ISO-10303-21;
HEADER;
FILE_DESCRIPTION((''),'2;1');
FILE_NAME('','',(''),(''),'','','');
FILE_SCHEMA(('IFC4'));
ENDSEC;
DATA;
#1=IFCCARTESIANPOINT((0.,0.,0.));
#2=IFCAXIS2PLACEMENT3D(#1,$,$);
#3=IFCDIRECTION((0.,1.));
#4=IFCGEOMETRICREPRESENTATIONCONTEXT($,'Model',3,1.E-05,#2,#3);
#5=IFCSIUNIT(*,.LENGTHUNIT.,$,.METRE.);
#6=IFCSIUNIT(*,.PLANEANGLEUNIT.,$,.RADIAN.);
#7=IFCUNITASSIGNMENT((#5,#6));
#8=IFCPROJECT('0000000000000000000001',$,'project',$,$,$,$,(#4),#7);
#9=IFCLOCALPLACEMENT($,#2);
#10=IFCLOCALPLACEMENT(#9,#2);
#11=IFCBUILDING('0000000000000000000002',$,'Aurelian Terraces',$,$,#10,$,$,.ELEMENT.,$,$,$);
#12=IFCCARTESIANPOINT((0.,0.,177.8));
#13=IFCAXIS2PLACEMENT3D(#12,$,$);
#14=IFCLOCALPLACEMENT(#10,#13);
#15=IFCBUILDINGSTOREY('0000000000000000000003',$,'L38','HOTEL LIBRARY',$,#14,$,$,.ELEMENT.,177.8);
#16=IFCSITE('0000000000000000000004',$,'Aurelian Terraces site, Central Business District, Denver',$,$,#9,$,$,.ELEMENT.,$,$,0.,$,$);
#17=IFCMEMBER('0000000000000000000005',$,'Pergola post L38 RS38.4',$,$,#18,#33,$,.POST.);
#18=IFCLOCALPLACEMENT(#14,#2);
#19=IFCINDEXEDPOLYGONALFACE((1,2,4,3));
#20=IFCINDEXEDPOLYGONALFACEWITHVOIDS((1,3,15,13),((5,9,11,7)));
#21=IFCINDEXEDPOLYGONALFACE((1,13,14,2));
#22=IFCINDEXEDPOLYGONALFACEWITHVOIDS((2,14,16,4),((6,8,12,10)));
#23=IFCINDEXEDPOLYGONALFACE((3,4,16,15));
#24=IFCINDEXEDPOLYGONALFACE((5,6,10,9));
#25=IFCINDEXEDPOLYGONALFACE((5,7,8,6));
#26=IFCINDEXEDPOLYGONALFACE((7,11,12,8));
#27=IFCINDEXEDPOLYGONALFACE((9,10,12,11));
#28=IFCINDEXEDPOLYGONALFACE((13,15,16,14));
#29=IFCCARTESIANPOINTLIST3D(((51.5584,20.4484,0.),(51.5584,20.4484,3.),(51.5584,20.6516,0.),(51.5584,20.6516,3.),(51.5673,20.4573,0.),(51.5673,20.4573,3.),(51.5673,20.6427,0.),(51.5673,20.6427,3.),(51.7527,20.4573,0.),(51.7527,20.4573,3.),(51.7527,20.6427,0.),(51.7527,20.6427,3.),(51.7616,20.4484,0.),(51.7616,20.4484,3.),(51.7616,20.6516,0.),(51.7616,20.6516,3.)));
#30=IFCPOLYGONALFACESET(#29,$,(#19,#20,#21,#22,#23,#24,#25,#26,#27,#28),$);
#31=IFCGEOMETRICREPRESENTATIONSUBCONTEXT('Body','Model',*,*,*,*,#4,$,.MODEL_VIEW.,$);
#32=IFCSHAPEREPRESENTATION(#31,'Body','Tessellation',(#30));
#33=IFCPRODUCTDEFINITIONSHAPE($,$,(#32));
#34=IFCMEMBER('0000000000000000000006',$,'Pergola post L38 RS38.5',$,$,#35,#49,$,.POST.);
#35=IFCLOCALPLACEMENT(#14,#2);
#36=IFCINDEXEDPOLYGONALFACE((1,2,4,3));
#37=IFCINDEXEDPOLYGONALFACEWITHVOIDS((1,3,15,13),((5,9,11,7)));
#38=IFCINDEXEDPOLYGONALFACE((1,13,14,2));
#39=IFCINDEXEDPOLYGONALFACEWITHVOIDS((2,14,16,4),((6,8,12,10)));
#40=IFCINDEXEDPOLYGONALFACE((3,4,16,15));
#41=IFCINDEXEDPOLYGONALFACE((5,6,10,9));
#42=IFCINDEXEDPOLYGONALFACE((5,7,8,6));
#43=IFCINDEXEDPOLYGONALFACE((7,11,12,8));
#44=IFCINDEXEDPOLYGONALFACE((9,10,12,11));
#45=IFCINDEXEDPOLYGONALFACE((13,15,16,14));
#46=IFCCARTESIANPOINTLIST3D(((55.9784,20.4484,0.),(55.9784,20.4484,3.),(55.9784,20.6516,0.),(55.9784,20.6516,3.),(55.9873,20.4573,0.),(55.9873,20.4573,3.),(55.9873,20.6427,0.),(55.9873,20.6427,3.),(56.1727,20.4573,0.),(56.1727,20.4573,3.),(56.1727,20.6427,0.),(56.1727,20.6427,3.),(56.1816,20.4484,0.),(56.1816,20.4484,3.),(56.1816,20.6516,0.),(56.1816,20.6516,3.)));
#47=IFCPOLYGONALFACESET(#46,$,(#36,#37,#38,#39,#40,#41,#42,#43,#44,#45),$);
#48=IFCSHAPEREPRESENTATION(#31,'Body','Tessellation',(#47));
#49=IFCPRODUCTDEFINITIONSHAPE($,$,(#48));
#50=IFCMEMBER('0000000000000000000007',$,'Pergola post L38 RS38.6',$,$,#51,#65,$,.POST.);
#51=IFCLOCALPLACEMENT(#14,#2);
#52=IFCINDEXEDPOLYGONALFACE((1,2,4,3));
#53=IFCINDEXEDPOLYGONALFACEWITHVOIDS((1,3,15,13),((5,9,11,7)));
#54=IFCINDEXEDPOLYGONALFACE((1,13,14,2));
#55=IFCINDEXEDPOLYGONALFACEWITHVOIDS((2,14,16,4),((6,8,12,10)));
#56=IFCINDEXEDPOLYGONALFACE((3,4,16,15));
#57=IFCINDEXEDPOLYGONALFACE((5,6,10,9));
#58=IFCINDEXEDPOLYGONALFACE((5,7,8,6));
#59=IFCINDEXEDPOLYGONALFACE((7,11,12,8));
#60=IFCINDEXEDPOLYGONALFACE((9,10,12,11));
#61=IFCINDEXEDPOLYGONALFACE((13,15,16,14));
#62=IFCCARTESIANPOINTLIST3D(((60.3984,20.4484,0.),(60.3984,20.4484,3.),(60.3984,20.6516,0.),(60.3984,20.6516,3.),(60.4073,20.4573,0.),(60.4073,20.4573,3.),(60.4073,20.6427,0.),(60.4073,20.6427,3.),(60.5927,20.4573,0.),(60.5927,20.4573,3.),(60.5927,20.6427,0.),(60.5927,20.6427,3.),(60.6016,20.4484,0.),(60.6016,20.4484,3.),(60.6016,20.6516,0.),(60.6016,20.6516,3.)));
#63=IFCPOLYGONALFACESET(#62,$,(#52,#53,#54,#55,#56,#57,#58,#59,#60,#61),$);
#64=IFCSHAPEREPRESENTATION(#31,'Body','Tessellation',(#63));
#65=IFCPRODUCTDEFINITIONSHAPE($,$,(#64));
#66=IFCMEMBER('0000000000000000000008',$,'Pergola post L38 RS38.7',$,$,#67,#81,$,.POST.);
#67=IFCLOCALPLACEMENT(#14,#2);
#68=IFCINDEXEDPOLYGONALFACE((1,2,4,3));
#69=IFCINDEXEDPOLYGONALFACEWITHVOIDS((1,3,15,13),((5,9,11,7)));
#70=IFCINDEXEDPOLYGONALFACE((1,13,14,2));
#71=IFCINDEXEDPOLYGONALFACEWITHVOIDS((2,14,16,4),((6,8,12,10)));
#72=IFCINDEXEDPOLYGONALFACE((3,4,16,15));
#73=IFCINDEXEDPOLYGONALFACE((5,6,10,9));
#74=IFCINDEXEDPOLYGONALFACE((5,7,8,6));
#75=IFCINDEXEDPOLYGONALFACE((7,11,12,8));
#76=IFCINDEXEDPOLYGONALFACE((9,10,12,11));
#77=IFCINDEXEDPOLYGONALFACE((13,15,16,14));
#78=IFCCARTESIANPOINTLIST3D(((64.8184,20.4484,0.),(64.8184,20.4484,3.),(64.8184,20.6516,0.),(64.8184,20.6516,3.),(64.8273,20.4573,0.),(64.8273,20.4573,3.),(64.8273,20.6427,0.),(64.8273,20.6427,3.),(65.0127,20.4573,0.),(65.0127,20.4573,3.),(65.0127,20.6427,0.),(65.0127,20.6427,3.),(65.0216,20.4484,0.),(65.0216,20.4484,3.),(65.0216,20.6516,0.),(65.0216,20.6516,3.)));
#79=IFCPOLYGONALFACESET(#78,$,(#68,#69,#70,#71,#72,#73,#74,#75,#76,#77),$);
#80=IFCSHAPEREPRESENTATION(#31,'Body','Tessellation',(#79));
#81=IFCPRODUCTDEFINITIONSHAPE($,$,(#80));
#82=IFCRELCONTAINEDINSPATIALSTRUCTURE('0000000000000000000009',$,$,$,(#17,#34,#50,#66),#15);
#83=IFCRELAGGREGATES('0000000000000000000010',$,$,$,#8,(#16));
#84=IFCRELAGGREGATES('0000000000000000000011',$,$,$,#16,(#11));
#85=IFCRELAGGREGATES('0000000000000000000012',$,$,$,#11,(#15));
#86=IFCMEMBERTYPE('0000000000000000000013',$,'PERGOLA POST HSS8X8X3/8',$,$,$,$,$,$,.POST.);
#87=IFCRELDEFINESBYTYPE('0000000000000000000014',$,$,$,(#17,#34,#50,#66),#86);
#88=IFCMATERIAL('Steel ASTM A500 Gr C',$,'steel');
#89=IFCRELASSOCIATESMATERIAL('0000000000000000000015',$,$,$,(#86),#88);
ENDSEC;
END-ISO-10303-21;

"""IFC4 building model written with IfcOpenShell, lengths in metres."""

from ifc_helpers import new_model, si_unit, direction, frame, origin, origin_2d, place, context, subcontext, project, spatial, hollow_rectangle, extrude, source, transform, mapped, material, material_profile, profile_set, type_object, element, save


model = new_model("IFC4")

# Units and contexts
model_context = context("Model", 3, precision=1e-05, world=origin(), true_north=direction((0.0, 1.0)))
body_context = subcontext(model_context, "Body", "Model", "MODEL_VIEW")
ifc_project = project(units=[si_unit("LENGTHUNIT", "METRE"), si_unit("PLANEANGLEUNIT", "RADIAN")], contexts=[model_context])

# Site, building, storey
site_placement = place(None, origin())
site = spatial("IfcSite", under=ifc_project, at=site_placement, Name="Aurelian Terraces site, Central Business District, Denver", CompositionType="ELEMENT", RefElevation=0.0)
building_placement = place(site_placement, origin())
building = spatial("IfcBuilding", under=site, at=building_placement, Name="Aurelian Terraces", CompositionType="ELEMENT")
storey_placement = place(building_placement, frame((0.0, 0.0, 177.8)))
storey = spatial("IfcBuildingStorey", under=building, at=storey_placement, Name="L38", Description="HOTEL LIBRARY", CompositionType="ELEMENT", Elevation=177.8)

# Members
ifc_material_1 = material(Name="Steel ASTM A500 Gr C", Category="steel")
ifc_material_profile = material_profile(ifc_material_1, hollow_rectangle(XDim=0.2032, YDim=0.2032, WallThickness=0.0089, at=origin_2d()))
ifc_profile_set = profile_set([ifc_material_profile], Name="Steel ASTM A500 Gr C")
member_type = type_object("IfcMemberType", Name="PERGOLA POST HSS8X8X3/8", PredefinedType="POST", material=ifc_profile_set)
shared_shape_1 = source(origin(), body_context, "Body", "SweptSolid", [
    extrude(hollow_rectangle(XDim=0.2032, YDim=0.2032, WallThickness=0.0089, at=origin_2d()), origin(), (0.0, 0.0, 1.0), 3.0),
])
for number, where, z_axis, x_axis, name in (
    (1, (51.66, 20.55, 0.0), (0.0, 0.0, 1.0), (1.0, 0.0, 0.0), "Pergola post L38 RS38.4"),
    (2, (56.08, 20.55, 0.0), (0.0, 0.0, 1.0), (1.0, 0.0, 0.0), "Pergola post L38 RS38.5"),
    (3, (60.5, 20.55, 0.0), (0.0, 0.0, 1.0), (1.0, 0.0, 0.0), "Pergola post L38 RS38.6"),
    (4, (64.92, 20.55, 0.0), (0.0, 0.0, 1.0), (1.0, 0.0, 0.0), "Pergola post L38 RS38.7"),
):
    element("IfcMember", number, at=place(storey_placement, frame(where, z_axis=z_axis, x_axis=x_axis)), inside=storey, type_object=member_type, Name=name, PredefinedType="POST", context=body_context, shape_type="MappedRepresentation", body=[
        mapped(shared_shape_1, transform((0.0, 0.0, 0.0), scale=1.0)),
    ])

save(model, "model.ifc")
